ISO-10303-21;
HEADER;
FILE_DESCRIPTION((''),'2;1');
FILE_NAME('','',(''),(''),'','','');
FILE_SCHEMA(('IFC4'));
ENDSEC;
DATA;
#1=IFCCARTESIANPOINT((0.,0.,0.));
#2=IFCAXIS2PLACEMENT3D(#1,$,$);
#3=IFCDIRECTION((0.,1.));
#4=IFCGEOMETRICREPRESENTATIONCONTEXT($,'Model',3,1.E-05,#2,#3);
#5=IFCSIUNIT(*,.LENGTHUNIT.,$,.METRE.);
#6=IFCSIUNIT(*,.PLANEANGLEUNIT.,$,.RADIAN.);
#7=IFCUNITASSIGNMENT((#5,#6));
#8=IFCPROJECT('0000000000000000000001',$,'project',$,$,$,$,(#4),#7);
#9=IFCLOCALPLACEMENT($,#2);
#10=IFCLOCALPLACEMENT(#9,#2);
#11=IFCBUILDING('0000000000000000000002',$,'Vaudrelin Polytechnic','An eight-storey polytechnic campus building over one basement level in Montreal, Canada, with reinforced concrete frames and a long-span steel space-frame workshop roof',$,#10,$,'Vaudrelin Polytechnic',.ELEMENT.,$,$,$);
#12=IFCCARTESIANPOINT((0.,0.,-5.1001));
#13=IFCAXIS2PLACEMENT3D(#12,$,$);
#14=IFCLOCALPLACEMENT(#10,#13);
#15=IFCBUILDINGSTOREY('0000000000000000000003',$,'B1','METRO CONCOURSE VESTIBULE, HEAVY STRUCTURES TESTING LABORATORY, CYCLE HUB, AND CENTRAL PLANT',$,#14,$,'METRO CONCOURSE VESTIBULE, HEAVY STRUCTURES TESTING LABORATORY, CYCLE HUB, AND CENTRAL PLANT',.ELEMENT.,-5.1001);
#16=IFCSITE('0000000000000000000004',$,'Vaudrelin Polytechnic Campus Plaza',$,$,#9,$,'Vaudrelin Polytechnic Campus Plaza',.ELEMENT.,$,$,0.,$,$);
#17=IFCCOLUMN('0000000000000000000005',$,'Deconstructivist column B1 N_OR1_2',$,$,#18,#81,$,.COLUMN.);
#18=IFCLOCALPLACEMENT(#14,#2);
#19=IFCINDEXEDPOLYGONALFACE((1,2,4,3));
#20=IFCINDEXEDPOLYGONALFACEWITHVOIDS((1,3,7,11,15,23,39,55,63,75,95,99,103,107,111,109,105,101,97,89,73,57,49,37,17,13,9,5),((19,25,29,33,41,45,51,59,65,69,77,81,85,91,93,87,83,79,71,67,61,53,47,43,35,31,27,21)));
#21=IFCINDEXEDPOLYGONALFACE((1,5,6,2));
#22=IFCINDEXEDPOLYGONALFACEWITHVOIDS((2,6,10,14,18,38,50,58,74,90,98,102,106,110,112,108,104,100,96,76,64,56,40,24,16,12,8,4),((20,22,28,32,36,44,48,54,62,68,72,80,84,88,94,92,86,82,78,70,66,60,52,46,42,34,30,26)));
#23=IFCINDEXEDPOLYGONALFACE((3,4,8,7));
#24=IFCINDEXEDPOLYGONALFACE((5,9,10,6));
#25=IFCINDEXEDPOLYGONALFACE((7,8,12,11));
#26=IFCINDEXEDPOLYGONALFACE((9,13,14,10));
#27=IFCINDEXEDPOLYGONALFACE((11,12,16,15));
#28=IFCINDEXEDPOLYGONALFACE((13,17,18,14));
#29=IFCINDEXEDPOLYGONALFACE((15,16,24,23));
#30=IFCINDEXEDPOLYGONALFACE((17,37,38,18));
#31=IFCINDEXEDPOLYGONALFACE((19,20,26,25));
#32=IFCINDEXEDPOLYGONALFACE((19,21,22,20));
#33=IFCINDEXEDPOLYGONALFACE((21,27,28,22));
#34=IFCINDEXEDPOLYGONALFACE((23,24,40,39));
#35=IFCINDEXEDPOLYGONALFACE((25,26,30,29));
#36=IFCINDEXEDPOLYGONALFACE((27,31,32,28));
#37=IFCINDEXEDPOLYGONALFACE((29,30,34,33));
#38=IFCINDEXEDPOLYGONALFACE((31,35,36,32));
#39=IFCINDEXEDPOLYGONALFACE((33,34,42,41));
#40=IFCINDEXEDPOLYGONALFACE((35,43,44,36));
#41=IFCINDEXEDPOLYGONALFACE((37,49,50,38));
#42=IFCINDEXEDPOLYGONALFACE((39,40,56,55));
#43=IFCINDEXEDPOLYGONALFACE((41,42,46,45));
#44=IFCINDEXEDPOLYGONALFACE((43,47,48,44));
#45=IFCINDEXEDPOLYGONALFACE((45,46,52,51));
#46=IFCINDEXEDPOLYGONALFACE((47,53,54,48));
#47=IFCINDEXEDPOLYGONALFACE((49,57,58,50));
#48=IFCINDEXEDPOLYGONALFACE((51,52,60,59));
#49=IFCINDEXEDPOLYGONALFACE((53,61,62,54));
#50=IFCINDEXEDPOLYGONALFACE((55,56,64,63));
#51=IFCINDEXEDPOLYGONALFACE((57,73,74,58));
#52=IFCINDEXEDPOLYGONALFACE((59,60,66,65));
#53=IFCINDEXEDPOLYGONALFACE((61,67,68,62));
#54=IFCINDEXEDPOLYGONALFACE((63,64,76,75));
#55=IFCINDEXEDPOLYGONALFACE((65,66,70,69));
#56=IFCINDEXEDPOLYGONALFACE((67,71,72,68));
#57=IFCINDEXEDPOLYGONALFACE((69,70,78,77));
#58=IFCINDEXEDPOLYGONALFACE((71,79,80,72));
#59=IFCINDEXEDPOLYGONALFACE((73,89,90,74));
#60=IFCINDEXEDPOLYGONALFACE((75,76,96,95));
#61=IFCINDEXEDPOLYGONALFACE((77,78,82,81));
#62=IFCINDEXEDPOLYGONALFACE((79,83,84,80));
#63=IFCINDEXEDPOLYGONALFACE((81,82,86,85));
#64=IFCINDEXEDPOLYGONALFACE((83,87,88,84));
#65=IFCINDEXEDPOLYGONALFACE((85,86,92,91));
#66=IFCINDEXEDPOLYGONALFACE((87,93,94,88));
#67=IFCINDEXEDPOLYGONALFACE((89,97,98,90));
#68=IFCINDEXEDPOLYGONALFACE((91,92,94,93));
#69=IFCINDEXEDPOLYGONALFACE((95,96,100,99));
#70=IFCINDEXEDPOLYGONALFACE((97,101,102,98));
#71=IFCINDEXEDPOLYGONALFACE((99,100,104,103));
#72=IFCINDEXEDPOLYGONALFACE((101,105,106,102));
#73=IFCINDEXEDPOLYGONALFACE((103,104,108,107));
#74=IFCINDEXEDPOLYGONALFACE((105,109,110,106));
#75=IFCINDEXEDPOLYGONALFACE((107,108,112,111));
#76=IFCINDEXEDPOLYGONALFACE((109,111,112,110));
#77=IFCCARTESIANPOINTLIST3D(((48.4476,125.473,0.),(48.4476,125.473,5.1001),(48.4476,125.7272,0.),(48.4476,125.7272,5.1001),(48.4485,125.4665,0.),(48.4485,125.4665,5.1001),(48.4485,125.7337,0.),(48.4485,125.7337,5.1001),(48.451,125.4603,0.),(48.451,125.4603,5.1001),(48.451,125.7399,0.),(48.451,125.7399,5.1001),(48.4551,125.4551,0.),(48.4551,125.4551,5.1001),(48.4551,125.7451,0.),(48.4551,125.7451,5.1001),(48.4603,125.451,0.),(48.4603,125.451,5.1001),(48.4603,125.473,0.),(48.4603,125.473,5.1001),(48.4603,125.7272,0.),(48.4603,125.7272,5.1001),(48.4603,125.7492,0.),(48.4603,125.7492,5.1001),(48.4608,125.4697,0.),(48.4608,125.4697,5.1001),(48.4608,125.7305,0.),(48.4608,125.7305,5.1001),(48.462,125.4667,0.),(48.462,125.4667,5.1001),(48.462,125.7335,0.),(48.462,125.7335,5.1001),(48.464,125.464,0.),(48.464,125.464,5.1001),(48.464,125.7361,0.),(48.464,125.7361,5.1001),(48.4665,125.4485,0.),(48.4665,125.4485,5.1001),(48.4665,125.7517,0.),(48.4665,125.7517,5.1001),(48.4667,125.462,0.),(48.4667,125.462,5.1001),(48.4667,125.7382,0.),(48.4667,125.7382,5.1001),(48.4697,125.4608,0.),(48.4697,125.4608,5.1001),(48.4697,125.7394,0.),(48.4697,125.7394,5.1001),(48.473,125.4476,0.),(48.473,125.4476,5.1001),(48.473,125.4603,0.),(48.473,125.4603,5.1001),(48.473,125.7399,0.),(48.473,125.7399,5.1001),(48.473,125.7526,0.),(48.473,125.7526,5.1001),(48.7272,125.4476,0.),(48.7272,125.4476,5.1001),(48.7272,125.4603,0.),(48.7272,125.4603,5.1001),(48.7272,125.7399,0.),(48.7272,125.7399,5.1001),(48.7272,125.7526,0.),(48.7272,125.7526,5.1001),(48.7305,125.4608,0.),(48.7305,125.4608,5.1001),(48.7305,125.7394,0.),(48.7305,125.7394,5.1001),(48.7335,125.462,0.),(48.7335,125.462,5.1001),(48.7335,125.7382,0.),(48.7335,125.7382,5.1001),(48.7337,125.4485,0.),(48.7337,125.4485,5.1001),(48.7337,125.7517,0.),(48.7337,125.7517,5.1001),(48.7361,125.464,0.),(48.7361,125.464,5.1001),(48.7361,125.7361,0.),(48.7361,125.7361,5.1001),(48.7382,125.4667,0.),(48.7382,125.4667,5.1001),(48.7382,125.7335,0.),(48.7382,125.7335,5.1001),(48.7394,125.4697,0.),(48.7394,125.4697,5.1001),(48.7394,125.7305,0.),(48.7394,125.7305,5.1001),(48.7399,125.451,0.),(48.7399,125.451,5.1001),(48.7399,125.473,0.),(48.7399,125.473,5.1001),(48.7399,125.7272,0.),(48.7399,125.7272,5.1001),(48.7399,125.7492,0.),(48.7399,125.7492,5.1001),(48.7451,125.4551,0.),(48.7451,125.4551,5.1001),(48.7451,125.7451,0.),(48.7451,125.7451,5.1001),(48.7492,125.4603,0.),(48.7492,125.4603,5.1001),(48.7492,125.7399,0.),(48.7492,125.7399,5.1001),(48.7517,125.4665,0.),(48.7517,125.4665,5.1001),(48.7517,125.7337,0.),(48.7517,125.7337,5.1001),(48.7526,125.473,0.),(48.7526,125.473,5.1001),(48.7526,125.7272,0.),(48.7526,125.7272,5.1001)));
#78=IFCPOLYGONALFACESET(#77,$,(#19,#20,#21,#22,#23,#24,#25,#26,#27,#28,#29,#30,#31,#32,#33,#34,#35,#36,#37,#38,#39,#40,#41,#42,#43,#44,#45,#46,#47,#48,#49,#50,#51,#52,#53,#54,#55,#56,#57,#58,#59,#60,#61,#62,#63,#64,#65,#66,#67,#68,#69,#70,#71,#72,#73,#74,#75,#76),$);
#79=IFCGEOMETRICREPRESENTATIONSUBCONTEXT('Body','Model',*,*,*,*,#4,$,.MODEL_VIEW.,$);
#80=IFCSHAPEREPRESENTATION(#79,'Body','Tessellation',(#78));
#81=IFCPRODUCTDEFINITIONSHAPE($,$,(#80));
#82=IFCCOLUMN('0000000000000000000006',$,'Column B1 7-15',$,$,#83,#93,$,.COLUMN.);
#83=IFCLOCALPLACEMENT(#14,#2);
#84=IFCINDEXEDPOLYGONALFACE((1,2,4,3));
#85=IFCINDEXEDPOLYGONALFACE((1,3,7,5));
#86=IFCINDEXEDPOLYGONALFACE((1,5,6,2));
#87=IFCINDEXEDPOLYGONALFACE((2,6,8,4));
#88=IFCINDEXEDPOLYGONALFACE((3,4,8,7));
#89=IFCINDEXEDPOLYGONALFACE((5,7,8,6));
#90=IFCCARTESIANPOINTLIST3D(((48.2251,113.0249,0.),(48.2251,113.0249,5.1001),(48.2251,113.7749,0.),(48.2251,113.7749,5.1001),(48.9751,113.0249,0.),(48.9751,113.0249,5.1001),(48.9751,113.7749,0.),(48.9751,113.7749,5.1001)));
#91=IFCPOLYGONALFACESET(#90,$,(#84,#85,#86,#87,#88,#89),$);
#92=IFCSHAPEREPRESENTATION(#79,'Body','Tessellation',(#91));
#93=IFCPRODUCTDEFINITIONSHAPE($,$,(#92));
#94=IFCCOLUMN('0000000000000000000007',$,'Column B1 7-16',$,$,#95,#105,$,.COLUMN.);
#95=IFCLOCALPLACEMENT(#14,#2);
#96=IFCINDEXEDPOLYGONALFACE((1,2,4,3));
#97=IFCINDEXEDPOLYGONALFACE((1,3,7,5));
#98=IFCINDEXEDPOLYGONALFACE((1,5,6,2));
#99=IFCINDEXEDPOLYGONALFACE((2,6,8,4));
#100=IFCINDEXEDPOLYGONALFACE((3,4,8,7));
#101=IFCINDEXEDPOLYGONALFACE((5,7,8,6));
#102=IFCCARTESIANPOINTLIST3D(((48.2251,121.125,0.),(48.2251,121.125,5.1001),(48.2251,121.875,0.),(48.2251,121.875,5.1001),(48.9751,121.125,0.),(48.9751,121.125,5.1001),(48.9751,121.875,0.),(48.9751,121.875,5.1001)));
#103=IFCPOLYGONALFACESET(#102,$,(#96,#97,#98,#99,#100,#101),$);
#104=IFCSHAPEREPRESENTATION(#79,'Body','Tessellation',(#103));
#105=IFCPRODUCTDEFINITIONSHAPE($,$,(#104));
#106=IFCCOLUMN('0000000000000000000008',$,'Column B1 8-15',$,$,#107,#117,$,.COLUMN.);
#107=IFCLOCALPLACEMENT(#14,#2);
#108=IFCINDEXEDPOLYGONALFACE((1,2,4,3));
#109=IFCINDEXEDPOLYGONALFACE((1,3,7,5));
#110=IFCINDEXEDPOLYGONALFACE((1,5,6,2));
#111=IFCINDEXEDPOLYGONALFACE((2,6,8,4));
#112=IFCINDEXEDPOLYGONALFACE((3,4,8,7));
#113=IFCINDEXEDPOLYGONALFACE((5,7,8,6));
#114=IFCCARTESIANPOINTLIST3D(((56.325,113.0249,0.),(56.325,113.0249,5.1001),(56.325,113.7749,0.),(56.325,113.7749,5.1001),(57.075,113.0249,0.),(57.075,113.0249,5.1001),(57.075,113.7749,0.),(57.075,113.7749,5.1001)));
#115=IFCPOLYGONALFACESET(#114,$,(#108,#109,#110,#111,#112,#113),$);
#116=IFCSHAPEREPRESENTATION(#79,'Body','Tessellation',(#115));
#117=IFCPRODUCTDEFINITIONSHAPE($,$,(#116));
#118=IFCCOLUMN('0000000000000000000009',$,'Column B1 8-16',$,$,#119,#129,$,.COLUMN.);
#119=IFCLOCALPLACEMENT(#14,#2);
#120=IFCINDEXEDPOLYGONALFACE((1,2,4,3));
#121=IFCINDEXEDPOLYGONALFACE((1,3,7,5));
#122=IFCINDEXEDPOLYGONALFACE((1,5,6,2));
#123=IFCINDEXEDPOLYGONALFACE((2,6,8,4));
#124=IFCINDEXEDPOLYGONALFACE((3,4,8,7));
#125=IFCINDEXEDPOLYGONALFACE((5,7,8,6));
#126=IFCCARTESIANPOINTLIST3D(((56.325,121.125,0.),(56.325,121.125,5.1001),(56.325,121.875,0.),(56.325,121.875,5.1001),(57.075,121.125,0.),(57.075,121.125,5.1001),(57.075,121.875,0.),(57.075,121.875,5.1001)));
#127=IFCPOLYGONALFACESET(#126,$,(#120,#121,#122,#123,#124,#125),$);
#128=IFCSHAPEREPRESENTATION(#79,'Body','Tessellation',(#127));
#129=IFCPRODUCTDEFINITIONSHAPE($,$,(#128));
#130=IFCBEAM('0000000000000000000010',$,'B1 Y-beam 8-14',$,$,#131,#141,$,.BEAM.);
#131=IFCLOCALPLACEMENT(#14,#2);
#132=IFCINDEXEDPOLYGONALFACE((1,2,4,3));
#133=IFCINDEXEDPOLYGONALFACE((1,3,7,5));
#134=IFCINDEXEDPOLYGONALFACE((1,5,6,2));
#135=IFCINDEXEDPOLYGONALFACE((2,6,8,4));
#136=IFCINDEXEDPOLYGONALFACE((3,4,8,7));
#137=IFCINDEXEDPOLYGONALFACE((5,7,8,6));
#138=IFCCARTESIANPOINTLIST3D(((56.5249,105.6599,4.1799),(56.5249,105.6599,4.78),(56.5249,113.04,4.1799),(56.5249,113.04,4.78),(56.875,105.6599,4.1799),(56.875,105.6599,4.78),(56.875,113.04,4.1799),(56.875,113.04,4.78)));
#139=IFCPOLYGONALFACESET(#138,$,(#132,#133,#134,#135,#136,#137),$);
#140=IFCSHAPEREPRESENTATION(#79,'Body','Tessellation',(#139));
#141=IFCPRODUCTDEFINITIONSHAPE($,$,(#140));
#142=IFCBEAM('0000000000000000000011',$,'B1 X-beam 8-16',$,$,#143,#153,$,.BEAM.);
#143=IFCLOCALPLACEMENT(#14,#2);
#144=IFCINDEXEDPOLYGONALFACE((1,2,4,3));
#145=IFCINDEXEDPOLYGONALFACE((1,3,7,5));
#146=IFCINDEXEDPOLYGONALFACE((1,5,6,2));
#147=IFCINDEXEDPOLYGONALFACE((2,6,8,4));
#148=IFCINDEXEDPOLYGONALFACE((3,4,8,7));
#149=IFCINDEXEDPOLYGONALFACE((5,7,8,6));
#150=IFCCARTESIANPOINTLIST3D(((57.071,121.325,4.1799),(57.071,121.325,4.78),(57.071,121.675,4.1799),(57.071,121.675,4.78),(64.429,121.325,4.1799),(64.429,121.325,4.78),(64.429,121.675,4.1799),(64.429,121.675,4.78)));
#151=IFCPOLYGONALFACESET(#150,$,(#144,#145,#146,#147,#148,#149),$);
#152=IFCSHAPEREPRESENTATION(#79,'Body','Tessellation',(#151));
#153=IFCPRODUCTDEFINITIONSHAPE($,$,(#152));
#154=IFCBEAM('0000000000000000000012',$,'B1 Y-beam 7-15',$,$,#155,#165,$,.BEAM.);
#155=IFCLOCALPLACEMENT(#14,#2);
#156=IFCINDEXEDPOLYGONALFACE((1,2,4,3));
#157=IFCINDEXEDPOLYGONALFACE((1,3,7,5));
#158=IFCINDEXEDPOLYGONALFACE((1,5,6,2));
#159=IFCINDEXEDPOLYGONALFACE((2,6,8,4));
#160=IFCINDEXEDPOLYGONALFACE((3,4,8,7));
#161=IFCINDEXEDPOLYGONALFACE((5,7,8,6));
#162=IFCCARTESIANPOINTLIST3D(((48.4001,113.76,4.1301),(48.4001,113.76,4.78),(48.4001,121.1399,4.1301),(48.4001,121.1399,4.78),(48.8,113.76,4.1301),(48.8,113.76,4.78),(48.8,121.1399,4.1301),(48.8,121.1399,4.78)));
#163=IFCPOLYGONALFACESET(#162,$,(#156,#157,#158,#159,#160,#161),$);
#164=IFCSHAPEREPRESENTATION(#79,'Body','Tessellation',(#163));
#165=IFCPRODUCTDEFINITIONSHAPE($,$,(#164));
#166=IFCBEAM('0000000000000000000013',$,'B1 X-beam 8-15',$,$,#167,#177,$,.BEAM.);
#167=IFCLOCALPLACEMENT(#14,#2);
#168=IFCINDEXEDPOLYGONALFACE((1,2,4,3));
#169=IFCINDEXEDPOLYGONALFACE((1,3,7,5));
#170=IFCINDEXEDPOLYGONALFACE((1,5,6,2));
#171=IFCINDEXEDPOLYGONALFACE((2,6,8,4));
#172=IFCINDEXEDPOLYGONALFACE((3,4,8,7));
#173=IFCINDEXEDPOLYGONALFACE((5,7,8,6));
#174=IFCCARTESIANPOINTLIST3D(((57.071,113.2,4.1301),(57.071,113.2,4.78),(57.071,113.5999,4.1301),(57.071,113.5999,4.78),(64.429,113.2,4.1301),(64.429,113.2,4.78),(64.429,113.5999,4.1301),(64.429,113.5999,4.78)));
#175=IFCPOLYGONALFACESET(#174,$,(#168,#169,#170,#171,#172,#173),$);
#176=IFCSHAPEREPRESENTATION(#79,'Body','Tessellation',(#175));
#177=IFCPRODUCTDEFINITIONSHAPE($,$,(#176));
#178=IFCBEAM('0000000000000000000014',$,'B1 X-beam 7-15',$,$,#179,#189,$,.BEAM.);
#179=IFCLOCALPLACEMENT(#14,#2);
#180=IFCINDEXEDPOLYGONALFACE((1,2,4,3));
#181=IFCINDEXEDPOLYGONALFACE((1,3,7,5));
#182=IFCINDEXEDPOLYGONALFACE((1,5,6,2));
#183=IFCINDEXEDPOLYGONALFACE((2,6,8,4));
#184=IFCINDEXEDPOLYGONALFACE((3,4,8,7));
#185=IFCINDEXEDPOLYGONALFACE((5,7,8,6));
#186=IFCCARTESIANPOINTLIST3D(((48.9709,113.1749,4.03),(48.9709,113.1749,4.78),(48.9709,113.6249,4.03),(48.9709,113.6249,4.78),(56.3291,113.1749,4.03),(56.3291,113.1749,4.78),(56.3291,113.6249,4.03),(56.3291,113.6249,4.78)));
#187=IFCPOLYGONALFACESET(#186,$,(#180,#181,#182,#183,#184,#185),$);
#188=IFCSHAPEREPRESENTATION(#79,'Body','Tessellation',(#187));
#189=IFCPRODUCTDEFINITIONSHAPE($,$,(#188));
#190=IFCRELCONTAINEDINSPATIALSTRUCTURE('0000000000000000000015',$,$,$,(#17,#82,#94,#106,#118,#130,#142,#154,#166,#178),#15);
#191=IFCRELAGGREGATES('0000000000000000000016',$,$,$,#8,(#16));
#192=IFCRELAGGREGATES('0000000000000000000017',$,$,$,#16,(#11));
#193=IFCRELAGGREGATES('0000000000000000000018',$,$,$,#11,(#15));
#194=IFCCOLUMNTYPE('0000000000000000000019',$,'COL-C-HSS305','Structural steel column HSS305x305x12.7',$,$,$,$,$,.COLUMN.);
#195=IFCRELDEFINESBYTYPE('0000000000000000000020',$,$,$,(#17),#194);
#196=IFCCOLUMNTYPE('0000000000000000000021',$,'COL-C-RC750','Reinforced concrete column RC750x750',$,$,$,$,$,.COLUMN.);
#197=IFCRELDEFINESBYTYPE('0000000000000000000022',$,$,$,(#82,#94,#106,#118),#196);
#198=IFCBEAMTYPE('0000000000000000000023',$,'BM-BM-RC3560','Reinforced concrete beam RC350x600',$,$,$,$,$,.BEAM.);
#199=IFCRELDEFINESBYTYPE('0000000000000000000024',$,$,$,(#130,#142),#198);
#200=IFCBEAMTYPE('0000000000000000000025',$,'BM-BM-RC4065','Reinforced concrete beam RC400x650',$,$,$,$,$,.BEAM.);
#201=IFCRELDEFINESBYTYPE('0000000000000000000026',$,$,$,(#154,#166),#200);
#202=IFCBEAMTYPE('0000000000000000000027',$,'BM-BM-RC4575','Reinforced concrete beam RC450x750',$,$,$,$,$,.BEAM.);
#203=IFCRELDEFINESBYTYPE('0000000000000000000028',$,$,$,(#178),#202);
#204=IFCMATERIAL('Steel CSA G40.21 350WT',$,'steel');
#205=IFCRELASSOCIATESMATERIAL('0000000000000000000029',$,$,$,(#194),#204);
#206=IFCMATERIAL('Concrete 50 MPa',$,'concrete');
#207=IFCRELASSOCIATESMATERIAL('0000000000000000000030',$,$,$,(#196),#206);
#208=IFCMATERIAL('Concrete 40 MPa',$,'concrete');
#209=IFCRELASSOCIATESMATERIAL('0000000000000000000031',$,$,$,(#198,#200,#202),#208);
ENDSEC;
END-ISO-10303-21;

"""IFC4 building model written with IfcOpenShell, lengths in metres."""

from ifc_helpers import new_model, si_unit, direction, frame, origin, origin_2d, place, context, subcontext, project, spatial, rectangle, hollow_rectangle, extrude, material, material_profile, profile_set, type_object, element, save


model = new_model("IFC4")

# Units and contexts
model_context = context("Model", 3, precision=1e-05, world=origin(), true_north=direction((0.0, 1.0)))
body_context = subcontext(model_context, "Body", "Model", "MODEL_VIEW")
ifc_project = project(units=[si_unit("LENGTHUNIT", "METRE"), si_unit("PLANEANGLEUNIT", "RADIAN")], contexts=[model_context])

# Site, building, storey
site_placement = place(None, origin())
site = spatial("IfcSite", under=ifc_project, at=site_placement, Name="Vaudrelin Polytechnic Campus Plaza", LongName="Vaudrelin Polytechnic Campus Plaza", CompositionType="ELEMENT", RefElevation=0.0)
building_placement = place(site_placement, origin())
building = spatial("IfcBuilding", under=site, at=building_placement, Name="Vaudrelin Polytechnic", Description="An eight-storey polytechnic campus building over one basement level in Montreal, Canada, with reinforced concrete frames and a long-span steel space-frame workshop roof", LongName="Vaudrelin Polytechnic", CompositionType="ELEMENT")
storey_placement = place(building_placement, frame((0.0, 0.0, -5.1001)))
storey = spatial("IfcBuildingStorey", under=building, at=storey_placement, Name="B1", Description="METRO CONCOURSE VESTIBULE, HEAVY STRUCTURES TESTING LABORATORY, CYCLE HUB, AND CENTRAL PLANT", LongName="METRO CONCOURSE VESTIBULE, HEAVY STRUCTURES TESTING LABORATORY, CYCLE HUB, AND CENTRAL PLANT", CompositionType="ELEMENT", Elevation=-5.1001)

# Shared definitions
ifc_material_1 = material(Name="Concrete 40 MPa", Category="concrete")

# Columns
ifc_material_2 = material(Name="Steel CSA G40.21 350WT", Category="steel")
ifc_material_profile_1 = material_profile(ifc_material_2, hollow_rectangle(XDim=0.3049, YDim=0.3049, WallThickness=0.0127, InnerFilletRadius=0.0127, OuterFilletRadius=0.0254, at=origin_2d()), Name="HSS305x305x12.7")
ifc_profile_set_1 = profile_set([ifc_material_profile_1], Name="Steel CSA G40.21 350WT")
column_type_1 = type_object("IfcColumnType", Name="COL-C-HSS305", Description="Structural steel column HSS305x305x12.7", PredefinedType="COLUMN", material=ifc_profile_set_1)
column_placement = place(storey_placement, frame((48.6001, 125.6001, 0.0), z_axis=(0.0, 0.0, 1.0), x_axis=(1.0, 0.0, 0.0)))
element("IfcColumn", 1, at=column_placement, inside=storey, type_object=column_type_1, Name="Deconstructivist column B1 N_OR1_2", PredefinedType="COLUMN", context=body_context, shape_type="SweptSolid", body=[
    extrude(hollow_rectangle(XDim=0.3049, YDim=0.3049, WallThickness=0.0127, InnerFilletRadius=0.0127, OuterFilletRadius=0.0254, at=origin_2d()), origin(), (0.0, 0.0, 1.0), 5.1001),
])
ifc_material_3 = material(Name="Concrete 50 MPa", Category="concrete")
ifc_material_profile_2 = material_profile(ifc_material_3, rectangle(XDim=0.75, YDim=0.75, at=origin_2d()), Name="RC750x750")
ifc_profile_set_2 = profile_set([ifc_material_profile_2], Name="Concrete 50 MPa")
column_type_2 = type_object("IfcColumnType", Name="COL-C-RC750", Description="Reinforced concrete column RC750x750", PredefinedType="COLUMN", material=ifc_profile_set_2)
for number, where, z_axis, x_axis, name in (
    (2, (48.6001, 113.3999, 0.0), (0.0, 0.0, 1.0), (1.0, 0.0, 0.0), "Column B1 7-15"),
    (3, (48.6001, 121.5, 0.0), (0.0, 0.0, 1.0), (1.0, 0.0, 0.0), "Column B1 7-16"),
    (4, (56.7, 113.3999, 0.0), (0.0, 0.0, 1.0), (1.0, 0.0, 0.0), "Column B1 8-15"),
    (5, (56.7, 121.5, 0.0), (0.0, 0.0, 1.0), (1.0, 0.0, 0.0), "Column B1 8-16"),
):
    element("IfcColumn", number, at=place(storey_placement, frame(where, z_axis=z_axis, x_axis=x_axis)), inside=storey, type_object=column_type_2, Name=name, PredefinedType="COLUMN", context=body_context, shape_type="SweptSolid", body=[
        extrude(rectangle(XDim=0.75, YDim=0.75, at=origin_2d()), origin(), (0.0, 0.0, 1.0), 5.1001),
    ])

# Beams
ifc_material_profile_3 = material_profile(ifc_material_1, rectangle(XDim=0.3501, YDim=0.6001, at=origin_2d()), Name="RC350x600")
ifc_profile_set_3 = profile_set([ifc_material_profile_3], Name="Concrete 40 MPa")
beam_type_1 = type_object("IfcBeamType", Name="BM-BM-RC3560", Description="Reinforced concrete beam RC350x600", PredefinedType="BEAM", material=ifc_profile_set_3)
beam_1_placement = place(storey_placement, frame((56.7, 105.6599, 4.48), z_axis=(0.0, 1.0, 0.0), x_axis=(-1.0, 0.0, 0.0)))
element("IfcBeam", 6, at=beam_1_placement, inside=storey, type_object=beam_type_1, Name="B1 Y-beam 8-14", PredefinedType="BEAM", context=body_context, shape_type="SweptSolid", body=[
    extrude(rectangle(XDim=0.3501, YDim=0.6001, at=origin_2d()), origin(), (0.0, 0.0, 1.0), 7.3801),
])
beam_2_placement = place(storey_placement, frame((57.071, 121.5, 4.48), z_axis=(1.0, 0.0, 0.0), x_axis=(0.0, 1.0, 0.0)))
element("IfcBeam", 7, at=beam_2_placement, inside=storey, type_object=beam_type_1, Name="B1 X-beam 8-16", PredefinedType="BEAM", context=body_context, shape_type="SweptSolid", body=[
    extrude(rectangle(XDim=0.3501, YDim=0.6001, at=origin_2d()), origin(), (0.0, 0.0, 1.0), 7.3579),
])
ifc_material_profile_4 = material_profile(ifc_material_1, rectangle(XDim=0.3999, YDim=0.6499, at=origin_2d()), Name="RC400x650")
ifc_profile_set_4 = profile_set([ifc_material_profile_4], Name="Concrete 40 MPa")
beam_type_2 = type_object("IfcBeamType", Name="BM-BM-RC4065", Description="Reinforced concrete beam RC400x650", PredefinedType="BEAM", material=ifc_profile_set_4)
beam_3_placement = place(storey_placement, frame((48.6001, 113.76, 4.4551), z_axis=(0.0, 1.0, 0.0), x_axis=(-1.0, 0.0, 0.0)))
element("IfcBeam", 8, at=beam_3_placement, inside=storey, type_object=beam_type_2, Name="B1 Y-beam 7-15", PredefinedType="BEAM", context=body_context, shape_type="SweptSolid", body=[
    extrude(rectangle(XDim=0.3999, YDim=0.6499, at=origin_2d()), origin(), (0.0, 0.0, 1.0), 7.3799),
])
beam_4_placement = place(storey_placement, frame((57.071, 113.3999, 4.4551), z_axis=(1.0, 0.0, 0.0), x_axis=(0.0, 1.0, 0.0)))
element("IfcBeam", 9, at=beam_4_placement, inside=storey, type_object=beam_type_2, Name="B1 X-beam 8-15", PredefinedType="BEAM", context=body_context, shape_type="SweptSolid", body=[
    extrude(rectangle(XDim=0.3999, YDim=0.6499, at=origin_2d()), origin(), (0.0, 0.0, 1.0), 7.3579),
])
ifc_material_profile_5 = material_profile(ifc_material_1, rectangle(XDim=0.45, YDim=0.75, at=origin_2d()), Name="RC450x750")
ifc_profile_set_5 = profile_set([ifc_material_profile_5], Name="Concrete 40 MPa")
beam_type_3 = type_object("IfcBeamType", Name="BM-BM-RC4575", Description="Reinforced concrete beam RC450x750", PredefinedType="BEAM", material=ifc_profile_set_5)
beam_5_placement = place(storey_placement, frame((48.9709, 113.3999, 4.405), z_axis=(1.0, 0.0, 0.0), x_axis=(0.0, 1.0, 0.0)))
element("IfcBeam", 10, at=beam_5_placement, inside=storey, type_object=beam_type_3, Name="B1 X-beam 7-15", PredefinedType="BEAM", context=body_context, shape_type="SweptSolid", body=[
    extrude(rectangle(XDim=0.45, YDim=0.75, at=origin_2d()), origin(), (0.0, 0.0, 1.0), 7.3582),
])

save(model, "model.ifc")
